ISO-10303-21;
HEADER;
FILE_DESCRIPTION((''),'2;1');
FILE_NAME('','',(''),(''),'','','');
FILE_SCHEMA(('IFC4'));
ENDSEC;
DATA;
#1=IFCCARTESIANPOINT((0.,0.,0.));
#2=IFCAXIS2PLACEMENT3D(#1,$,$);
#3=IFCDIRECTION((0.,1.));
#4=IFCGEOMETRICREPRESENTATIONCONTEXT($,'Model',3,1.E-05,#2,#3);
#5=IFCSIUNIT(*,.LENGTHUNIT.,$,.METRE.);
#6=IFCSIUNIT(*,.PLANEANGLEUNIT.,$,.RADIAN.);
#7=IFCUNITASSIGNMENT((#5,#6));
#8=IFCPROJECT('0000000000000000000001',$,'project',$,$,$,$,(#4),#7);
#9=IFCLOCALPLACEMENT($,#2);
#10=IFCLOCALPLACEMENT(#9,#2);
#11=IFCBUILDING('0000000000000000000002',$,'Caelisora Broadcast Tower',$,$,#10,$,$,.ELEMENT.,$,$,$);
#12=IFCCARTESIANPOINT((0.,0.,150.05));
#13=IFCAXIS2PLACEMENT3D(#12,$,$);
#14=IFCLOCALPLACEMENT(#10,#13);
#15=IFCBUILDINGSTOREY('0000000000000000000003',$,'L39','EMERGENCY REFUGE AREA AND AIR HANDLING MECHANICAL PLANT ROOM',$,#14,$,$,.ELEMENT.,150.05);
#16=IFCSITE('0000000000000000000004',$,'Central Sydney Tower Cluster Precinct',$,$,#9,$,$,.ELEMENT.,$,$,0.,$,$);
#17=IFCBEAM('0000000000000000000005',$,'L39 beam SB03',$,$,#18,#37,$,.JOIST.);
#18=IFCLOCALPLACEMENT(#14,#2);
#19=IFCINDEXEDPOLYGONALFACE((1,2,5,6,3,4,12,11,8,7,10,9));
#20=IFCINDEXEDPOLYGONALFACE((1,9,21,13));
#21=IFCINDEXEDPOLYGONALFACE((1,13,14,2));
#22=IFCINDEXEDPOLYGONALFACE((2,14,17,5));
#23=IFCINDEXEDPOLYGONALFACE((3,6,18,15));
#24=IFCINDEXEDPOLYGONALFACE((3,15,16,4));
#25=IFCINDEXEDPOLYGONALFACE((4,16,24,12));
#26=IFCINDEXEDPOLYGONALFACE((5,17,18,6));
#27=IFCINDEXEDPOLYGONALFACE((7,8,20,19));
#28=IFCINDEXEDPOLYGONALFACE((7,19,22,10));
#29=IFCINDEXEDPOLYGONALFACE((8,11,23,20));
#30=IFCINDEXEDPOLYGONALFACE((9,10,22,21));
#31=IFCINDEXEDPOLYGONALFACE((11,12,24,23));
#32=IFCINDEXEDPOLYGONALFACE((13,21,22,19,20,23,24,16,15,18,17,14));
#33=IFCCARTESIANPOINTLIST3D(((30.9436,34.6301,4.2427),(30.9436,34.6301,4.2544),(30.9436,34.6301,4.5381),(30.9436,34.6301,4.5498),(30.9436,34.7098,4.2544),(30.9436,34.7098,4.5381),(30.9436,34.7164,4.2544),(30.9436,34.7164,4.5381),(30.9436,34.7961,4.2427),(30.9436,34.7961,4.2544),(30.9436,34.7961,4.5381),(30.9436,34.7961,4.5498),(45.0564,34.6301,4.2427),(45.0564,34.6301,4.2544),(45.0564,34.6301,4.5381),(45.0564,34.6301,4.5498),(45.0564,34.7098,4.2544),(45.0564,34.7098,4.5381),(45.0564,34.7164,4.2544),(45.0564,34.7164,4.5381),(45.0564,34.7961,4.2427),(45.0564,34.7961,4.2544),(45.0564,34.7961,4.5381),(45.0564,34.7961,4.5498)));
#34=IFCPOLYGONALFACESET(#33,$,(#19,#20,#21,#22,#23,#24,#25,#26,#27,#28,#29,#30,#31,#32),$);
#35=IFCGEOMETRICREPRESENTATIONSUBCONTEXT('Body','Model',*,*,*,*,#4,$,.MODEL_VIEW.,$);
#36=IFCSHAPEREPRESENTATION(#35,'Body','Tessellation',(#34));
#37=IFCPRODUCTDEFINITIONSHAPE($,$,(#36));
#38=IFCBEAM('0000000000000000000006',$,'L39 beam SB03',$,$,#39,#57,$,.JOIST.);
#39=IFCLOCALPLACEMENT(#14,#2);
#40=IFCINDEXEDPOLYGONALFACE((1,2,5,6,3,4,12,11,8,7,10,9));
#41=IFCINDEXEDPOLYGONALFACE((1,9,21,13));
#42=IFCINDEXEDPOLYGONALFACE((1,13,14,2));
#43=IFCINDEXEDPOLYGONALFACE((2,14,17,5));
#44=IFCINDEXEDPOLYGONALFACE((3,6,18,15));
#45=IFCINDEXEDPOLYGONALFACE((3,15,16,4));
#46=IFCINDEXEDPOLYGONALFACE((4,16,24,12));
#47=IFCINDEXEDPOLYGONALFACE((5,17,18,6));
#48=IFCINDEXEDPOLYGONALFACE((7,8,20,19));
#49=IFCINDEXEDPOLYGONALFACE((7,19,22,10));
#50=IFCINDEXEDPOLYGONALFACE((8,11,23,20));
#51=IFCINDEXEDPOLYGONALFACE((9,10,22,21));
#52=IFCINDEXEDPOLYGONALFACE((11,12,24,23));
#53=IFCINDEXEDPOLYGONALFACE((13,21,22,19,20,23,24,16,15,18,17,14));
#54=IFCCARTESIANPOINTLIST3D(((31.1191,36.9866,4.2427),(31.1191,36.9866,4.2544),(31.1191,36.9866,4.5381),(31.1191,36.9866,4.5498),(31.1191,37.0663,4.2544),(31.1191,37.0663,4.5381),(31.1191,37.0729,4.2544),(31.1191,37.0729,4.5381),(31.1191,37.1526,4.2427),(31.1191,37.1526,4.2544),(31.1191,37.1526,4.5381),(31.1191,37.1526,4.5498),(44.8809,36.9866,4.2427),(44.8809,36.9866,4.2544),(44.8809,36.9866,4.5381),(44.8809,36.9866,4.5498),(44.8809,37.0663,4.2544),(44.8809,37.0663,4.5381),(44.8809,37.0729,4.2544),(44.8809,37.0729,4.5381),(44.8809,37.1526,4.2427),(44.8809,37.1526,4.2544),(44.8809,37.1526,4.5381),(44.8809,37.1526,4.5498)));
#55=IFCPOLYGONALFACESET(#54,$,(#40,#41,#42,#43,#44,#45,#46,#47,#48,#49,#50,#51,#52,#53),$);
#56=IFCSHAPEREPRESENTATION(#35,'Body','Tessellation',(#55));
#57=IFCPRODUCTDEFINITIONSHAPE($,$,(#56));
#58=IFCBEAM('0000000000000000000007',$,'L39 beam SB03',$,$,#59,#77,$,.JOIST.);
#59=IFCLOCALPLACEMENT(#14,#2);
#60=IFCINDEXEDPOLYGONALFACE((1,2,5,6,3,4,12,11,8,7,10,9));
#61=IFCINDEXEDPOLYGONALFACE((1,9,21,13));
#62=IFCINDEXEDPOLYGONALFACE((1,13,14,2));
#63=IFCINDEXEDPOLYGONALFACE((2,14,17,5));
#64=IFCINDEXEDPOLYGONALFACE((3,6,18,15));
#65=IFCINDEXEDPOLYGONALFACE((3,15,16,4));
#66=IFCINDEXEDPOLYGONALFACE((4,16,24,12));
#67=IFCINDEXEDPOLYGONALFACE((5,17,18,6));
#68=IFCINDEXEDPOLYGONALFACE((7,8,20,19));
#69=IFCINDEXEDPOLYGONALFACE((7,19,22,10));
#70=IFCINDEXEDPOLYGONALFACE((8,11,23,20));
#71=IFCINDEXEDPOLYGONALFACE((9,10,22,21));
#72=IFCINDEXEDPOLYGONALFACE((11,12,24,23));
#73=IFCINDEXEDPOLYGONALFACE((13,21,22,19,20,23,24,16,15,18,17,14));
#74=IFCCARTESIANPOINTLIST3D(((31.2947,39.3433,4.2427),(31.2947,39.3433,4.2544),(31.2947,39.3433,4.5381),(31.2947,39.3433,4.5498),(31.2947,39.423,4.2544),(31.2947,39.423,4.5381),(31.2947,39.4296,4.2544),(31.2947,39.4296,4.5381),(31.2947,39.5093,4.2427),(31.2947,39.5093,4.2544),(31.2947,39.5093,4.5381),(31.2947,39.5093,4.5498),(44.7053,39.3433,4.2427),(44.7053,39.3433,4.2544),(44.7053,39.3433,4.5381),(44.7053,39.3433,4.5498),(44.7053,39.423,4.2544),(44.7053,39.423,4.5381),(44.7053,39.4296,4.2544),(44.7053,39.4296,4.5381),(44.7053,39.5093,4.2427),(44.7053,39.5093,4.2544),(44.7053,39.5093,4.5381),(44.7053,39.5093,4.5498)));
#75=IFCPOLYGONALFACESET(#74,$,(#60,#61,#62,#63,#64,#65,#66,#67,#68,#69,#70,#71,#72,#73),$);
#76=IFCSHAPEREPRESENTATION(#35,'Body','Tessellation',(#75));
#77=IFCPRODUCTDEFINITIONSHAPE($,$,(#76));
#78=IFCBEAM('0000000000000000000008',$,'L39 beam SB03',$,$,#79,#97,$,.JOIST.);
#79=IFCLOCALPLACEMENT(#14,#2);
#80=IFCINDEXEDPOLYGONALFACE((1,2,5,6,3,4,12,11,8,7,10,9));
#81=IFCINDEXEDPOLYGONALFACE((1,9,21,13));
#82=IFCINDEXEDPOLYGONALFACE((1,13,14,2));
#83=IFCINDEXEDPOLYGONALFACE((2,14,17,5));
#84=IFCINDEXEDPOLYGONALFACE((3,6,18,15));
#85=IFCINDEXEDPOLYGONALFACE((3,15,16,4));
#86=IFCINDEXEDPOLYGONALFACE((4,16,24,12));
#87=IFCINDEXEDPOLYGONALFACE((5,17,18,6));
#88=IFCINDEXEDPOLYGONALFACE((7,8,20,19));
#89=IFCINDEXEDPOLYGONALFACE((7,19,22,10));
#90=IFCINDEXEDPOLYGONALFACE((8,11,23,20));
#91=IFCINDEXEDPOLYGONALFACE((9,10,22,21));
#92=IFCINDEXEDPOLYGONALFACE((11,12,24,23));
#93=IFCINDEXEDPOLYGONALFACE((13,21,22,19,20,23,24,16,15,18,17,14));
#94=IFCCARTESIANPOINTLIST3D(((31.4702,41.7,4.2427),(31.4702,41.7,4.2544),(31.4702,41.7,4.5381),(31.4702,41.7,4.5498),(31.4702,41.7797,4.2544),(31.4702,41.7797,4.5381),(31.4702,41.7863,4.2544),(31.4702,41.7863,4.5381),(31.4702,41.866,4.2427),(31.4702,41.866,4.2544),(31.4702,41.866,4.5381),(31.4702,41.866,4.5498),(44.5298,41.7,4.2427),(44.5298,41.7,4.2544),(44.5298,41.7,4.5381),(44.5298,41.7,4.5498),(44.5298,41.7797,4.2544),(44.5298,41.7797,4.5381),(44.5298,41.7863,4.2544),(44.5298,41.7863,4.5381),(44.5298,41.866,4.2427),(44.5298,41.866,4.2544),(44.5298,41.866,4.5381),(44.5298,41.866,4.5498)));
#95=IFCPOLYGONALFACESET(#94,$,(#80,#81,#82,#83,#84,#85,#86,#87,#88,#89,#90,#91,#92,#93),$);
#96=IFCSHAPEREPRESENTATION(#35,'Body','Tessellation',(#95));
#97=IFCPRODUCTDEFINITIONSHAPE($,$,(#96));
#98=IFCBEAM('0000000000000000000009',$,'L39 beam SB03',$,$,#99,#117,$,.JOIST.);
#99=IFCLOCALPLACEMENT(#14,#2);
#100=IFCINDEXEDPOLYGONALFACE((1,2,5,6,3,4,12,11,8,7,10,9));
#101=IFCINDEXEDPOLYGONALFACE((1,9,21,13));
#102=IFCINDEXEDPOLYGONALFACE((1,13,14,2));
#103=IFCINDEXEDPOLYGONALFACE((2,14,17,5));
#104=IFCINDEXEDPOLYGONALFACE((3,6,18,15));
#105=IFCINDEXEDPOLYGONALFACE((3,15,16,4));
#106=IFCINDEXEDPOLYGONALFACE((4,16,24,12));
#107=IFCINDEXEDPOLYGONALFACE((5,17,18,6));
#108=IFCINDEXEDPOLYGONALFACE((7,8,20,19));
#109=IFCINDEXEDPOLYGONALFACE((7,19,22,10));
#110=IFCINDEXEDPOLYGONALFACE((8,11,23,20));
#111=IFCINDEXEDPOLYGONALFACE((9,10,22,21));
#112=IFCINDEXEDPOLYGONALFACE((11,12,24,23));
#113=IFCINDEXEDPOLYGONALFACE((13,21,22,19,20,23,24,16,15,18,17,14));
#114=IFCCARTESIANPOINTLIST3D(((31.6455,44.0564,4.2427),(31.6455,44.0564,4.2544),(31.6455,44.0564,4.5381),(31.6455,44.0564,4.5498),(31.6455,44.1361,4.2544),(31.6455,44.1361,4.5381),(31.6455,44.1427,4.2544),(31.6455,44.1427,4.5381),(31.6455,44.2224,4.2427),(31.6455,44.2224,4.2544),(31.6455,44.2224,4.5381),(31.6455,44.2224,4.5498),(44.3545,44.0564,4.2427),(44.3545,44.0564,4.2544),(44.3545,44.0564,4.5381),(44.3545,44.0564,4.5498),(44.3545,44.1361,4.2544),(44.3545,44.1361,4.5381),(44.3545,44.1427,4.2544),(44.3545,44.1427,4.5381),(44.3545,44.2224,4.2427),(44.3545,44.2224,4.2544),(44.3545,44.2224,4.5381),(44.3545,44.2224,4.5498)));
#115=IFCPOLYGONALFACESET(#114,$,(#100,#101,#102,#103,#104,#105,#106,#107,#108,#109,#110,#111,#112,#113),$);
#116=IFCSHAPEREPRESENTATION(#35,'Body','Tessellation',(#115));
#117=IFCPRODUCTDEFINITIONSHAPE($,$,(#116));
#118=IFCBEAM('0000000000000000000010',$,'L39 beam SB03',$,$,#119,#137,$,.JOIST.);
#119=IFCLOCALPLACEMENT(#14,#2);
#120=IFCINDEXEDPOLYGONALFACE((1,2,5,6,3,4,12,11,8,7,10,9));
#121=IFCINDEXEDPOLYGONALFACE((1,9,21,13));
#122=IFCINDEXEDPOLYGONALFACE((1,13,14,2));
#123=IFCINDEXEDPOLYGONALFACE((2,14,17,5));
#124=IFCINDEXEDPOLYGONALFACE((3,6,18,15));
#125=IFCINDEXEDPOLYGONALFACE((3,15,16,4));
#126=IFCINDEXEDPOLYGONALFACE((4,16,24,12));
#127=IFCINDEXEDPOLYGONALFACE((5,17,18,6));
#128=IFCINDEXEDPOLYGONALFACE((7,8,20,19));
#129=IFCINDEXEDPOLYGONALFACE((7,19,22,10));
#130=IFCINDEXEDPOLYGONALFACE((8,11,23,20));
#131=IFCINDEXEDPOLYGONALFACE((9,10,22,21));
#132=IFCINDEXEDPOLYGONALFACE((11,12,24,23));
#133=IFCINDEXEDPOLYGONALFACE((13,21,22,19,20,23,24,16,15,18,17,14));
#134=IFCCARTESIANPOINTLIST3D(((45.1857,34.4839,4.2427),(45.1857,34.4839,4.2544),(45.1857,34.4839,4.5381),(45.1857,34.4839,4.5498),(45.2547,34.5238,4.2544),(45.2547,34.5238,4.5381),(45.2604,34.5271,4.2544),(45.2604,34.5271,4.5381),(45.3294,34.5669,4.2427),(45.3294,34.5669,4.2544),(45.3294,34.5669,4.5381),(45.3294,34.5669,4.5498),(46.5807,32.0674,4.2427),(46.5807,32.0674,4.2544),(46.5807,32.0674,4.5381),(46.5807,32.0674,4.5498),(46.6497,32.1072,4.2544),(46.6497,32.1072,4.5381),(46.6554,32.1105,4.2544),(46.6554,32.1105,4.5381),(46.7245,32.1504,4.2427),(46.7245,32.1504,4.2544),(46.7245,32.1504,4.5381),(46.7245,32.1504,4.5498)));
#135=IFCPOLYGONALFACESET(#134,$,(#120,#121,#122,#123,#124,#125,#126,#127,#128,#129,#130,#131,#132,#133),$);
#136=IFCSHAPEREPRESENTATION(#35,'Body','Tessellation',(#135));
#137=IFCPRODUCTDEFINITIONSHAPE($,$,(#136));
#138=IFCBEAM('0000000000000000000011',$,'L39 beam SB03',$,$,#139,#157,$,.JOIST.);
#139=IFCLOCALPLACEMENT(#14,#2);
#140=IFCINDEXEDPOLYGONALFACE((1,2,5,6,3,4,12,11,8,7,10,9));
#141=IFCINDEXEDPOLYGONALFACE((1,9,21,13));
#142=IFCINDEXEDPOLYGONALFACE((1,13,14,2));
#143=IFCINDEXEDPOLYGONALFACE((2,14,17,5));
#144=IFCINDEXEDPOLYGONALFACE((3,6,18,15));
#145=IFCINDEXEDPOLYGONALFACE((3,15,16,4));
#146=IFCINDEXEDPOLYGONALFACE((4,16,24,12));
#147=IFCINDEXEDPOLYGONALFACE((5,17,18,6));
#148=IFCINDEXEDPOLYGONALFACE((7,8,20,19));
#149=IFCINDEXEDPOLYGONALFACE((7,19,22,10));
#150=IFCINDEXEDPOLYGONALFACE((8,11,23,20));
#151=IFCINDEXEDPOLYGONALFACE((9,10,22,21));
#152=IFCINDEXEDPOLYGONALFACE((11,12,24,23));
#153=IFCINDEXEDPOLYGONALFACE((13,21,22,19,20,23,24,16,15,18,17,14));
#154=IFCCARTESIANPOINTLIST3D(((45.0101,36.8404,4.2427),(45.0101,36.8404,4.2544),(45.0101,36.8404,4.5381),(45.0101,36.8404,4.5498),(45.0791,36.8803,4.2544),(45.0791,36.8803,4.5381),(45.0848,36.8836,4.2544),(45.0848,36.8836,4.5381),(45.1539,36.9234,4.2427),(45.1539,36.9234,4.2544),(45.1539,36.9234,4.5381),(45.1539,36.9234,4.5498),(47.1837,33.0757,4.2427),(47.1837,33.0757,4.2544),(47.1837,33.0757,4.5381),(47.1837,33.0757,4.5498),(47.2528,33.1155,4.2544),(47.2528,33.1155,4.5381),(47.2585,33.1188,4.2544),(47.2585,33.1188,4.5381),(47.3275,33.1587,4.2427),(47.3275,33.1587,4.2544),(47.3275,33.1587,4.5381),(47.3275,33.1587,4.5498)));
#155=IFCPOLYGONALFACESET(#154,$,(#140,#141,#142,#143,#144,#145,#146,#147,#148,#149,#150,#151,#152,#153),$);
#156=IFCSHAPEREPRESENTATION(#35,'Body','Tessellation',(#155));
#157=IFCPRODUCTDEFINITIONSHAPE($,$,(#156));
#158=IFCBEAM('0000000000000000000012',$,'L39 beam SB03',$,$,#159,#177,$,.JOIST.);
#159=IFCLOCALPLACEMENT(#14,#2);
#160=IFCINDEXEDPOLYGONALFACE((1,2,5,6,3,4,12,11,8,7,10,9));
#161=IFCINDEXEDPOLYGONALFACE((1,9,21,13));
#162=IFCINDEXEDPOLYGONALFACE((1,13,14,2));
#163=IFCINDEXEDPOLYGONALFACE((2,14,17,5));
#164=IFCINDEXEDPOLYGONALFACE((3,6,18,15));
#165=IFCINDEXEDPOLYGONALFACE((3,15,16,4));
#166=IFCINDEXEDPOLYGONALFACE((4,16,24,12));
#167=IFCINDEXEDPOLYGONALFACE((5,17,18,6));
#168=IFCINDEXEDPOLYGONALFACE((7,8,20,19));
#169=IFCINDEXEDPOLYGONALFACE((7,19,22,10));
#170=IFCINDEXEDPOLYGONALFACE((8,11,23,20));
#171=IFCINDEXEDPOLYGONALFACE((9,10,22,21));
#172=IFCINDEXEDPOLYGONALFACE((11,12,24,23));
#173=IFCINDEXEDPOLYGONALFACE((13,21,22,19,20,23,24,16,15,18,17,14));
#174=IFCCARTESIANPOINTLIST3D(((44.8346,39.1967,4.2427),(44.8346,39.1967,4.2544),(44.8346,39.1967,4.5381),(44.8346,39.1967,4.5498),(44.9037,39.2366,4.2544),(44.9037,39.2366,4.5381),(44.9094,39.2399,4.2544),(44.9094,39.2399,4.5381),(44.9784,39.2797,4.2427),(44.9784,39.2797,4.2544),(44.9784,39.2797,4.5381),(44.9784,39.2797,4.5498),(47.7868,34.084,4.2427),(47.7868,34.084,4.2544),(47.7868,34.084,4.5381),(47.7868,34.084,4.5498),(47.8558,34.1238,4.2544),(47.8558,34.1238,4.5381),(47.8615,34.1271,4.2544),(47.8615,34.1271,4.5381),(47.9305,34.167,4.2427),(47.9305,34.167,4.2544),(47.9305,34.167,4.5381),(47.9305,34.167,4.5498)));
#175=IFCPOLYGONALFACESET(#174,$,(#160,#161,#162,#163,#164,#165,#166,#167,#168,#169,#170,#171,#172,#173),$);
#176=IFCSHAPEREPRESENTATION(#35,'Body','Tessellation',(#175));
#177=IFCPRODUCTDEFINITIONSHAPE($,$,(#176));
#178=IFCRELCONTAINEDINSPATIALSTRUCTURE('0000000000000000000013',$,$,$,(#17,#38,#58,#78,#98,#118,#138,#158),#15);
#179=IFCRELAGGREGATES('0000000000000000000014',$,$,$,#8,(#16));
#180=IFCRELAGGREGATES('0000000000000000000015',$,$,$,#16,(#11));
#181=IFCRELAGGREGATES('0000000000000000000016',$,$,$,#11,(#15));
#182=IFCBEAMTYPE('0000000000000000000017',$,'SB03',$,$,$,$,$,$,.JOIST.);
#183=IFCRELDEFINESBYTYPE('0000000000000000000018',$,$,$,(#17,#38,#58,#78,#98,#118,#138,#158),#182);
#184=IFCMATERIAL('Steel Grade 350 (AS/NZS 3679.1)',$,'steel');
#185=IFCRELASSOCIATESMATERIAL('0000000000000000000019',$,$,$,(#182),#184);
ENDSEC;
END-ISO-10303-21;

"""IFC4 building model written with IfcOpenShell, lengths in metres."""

from ifc_helpers import new_model, si_unit, direction, frame, origin, origin_2d, place, context, subcontext, project, spatial, i_section, extrude, source, transform, mapped, material, material_profile, profile_set, type_object, element, save


model = new_model("IFC4")

# Units and contexts
model_context = context("Model", 3, precision=1e-05, world=origin(), true_north=direction((0.0, 1.0)))
body_context = subcontext(model_context, "Body", "Model", "MODEL_VIEW")
ifc_project = project(units=[si_unit("LENGTHUNIT", "METRE"), si_unit("PLANEANGLEUNIT", "RADIAN")], contexts=[model_context])

# Site, building, storey
site_placement = place(None, origin())
site = spatial("IfcSite", under=ifc_project, at=site_placement, Name="Central Sydney Tower Cluster Precinct", CompositionType="ELEMENT", RefElevation=0.0)
building_placement = place(site_placement, origin())
building = spatial("IfcBuilding", under=site, at=building_placement, Name="Caelisora Broadcast Tower", CompositionType="ELEMENT")
storey_placement = place(building_placement, frame((0.0, 0.0, 150.05)))
storey = spatial("IfcBuildingStorey", under=building, at=storey_placement, Name="L39", Description="EMERGENCY REFUGE AREA AND AIR HANDLING MECHANICAL PLANT ROOM", CompositionType="ELEMENT", Elevation=150.05)

# Beams
ifc_material_1 = material(Name="Steel Grade 350 (AS/NZS 3679.1)", Category="steel")
ifc_material_profile_1 = material_profile(ifc_material_1, i_section(OverallWidth=0.166, OverallDepth=0.3071, WebThickness=0.0066, FlangeThickness=0.0117, at=origin_2d()), Name="Steel Grade 350 (AS/NZS 3679.1)")
ifc_profile_set_1 = profile_set([ifc_material_profile_1], Name="Steel Grade 350 (AS/NZS 3679.1)")
beam_type_1 = type_object("IfcBeamType", Name="SB03", PredefinedType="JOIST", material=ifc_profile_set_1)
shared_shape_1 = source(origin(), body_context, "Body", "SweptSolid", [
    extrude(i_section(OverallWidth=0.166, OverallDepth=0.3071, WebThickness=0.0066, FlangeThickness=0.0117, at=origin_2d()), origin(), (0.0, 0.0, 1.0), 14.1128),
])
beam_1_placement = place(storey_placement, frame((45.0564, 34.7131, 4.3962), z_axis=(-1.0, 0.0, 0.0), x_axis=(0.0, -1.0, 0.0)))
element("IfcBeam", 1, at=beam_1_placement, inside=storey, type_object=beam_type_1, Name="L39 beam SB03", PredefinedType="JOIST", context=body_context, shape_type="MappedRepresentation", body=[
    mapped(shared_shape_1, transform((0.0, 0.0, 0.0), scale=1.0)),
])
shared_shape_2 = source(origin(), body_context, "Body", "SweptSolid", [
    extrude(i_section(OverallWidth=0.166, OverallDepth=0.3071, WebThickness=0.0066, FlangeThickness=0.0117, at=origin_2d()), origin(), (0.0, 0.0, 1.0), 13.7617),
])
beam_2_placement = place(storey_placement, frame((44.8809, 37.0696, 4.3962), z_axis=(-1.0, 0.0, 0.0), x_axis=(0.0, -1.0, 0.0)))
element("IfcBeam", 2, at=beam_2_placement, inside=storey, type_object=beam_type_1, Name="L39 beam SB03", PredefinedType="JOIST", context=body_context, shape_type="MappedRepresentation", body=[
    mapped(shared_shape_2, transform((0.0, 0.0, 0.0), scale=1.0)),
])
shared_shape_3 = source(origin(), body_context, "Body", "SweptSolid", [
    extrude(i_section(OverallWidth=0.166, OverallDepth=0.3071, WebThickness=0.0066, FlangeThickness=0.0117, at=origin_2d()), origin(), (0.0, 0.0, 1.0), 13.4106),
])
beam_3_placement = place(storey_placement, frame((44.7053, 39.4263, 4.3962), z_axis=(-1.0, 0.0, 0.0), x_axis=(0.0, -1.0, 0.0)))
element("IfcBeam", 3, at=beam_3_placement, inside=storey, type_object=beam_type_1, Name="L39 beam SB03", PredefinedType="JOIST", context=body_context, shape_type="MappedRepresentation", body=[
    mapped(shared_shape_3, transform((0.0, 0.0, 0.0), scale=1.0)),
])
shared_shape_4 = source(origin(), body_context, "Body", "SweptSolid", [
    extrude(i_section(OverallWidth=0.166, OverallDepth=0.3071, WebThickness=0.0066, FlangeThickness=0.0117, at=origin_2d()), origin(), (0.0, 0.0, 1.0), 13.0596),
])
beam_4_placement = place(storey_placement, frame((44.5298, 41.783, 4.3962), z_axis=(-1.0, 0.0, 0.0), x_axis=(0.0, -1.0, 0.0)))
element("IfcBeam", 4, at=beam_4_placement, inside=storey, type_object=beam_type_1, Name="L39 beam SB03", PredefinedType="JOIST", context=body_context, shape_type="MappedRepresentation", body=[
    mapped(shared_shape_4, transform((0.0, 0.0, 0.0), scale=1.0)),
])
shared_shape_5 = source(origin(), body_context, "Body", "SweptSolid", [
    extrude(i_section(OverallWidth=0.166, OverallDepth=0.3071, WebThickness=0.0066, FlangeThickness=0.0117, at=origin_2d()), origin(), (0.0, 0.0, 1.0), 12.709),
])
beam_5_placement = place(storey_placement, frame((44.3545, 44.1394, 4.3962), z_axis=(-1.0, 0.0, 0.0), x_axis=(0.0, -1.0, 0.0)))
element("IfcBeam", 5, at=beam_5_placement, inside=storey, type_object=beam_type_1, Name="L39 beam SB03", PredefinedType="JOIST", context=body_context, shape_type="MappedRepresentation", body=[
    mapped(shared_shape_5, transform((0.0, 0.0, 0.0), scale=1.0)),
])
shared_shape_6 = source(origin(), body_context, "Body", "SweptSolid", [
    extrude(i_section(OverallWidth=0.166, OverallDepth=0.3071, WebThickness=0.0066, FlangeThickness=0.0117, at=origin_2d()), origin(), (0.0, 0.0, 1.0), 2.7903),
])
beam_6_placement = place(storey_placement, frame((46.6526, 32.1089, 4.3962), z_axis=(-0.49996, 0.866049, 0.0), x_axis=(-0.866049, -0.49996, 0.0)))
element("IfcBeam", 6, at=beam_6_placement, inside=storey, type_object=beam_type_1, Name="L39 beam SB03", PredefinedType="JOIST", context=body_context, shape_type="MappedRepresentation", body=[
    mapped(shared_shape_6, transform((0.0, 0.0, 0.0), scale=1.0)),
])
shared_shape_7 = source(origin(), body_context, "Body", "SweptSolid", [
    extrude(i_section(OverallWidth=0.166, OverallDepth=0.3071, WebThickness=0.0066, FlangeThickness=0.0117, at=origin_2d()), origin(), (0.0, 0.0, 1.0), 4.3472),
])
beam_7_placement = place(storey_placement, frame((47.2556, 33.1172, 4.3962), z_axis=(-0.500011, 0.866019, 0.0), x_axis=(-0.866019, -0.500011, 0.0)))
element("IfcBeam", 7, at=beam_7_placement, inside=storey, type_object=beam_type_1, Name="L39 beam SB03", PredefinedType="JOIST", context=body_context, shape_type="MappedRepresentation", body=[
    mapped(shared_shape_7, transform((0.0, 0.0, 0.0), scale=1.0)),
])
shared_shape_8 = source(origin(), body_context, "Body", "SweptSolid", [
    extrude(i_section(OverallWidth=0.166, OverallDepth=0.3071, WebThickness=0.0066, FlangeThickness=0.0117, at=origin_2d()), origin(), (0.0, 0.0, 1.0), 5.9038),
])
beam_8_placement = place(storey_placement, frame((47.8586, 34.1255, 4.3962), z_axis=(-0.500035, 0.866005, 0.0), x_axis=(-0.866005, -0.500035, 0.0)))
element("IfcBeam", 8, at=beam_8_placement, inside=storey, type_object=beam_type_1, Name="L39 beam SB03", PredefinedType="JOIST", context=body_context, shape_type="MappedRepresentation", body=[
    mapped(shared_shape_8, transform((0.0, 0.0, 0.0), scale=1.0)),
])

save(model, "model.ifc")
